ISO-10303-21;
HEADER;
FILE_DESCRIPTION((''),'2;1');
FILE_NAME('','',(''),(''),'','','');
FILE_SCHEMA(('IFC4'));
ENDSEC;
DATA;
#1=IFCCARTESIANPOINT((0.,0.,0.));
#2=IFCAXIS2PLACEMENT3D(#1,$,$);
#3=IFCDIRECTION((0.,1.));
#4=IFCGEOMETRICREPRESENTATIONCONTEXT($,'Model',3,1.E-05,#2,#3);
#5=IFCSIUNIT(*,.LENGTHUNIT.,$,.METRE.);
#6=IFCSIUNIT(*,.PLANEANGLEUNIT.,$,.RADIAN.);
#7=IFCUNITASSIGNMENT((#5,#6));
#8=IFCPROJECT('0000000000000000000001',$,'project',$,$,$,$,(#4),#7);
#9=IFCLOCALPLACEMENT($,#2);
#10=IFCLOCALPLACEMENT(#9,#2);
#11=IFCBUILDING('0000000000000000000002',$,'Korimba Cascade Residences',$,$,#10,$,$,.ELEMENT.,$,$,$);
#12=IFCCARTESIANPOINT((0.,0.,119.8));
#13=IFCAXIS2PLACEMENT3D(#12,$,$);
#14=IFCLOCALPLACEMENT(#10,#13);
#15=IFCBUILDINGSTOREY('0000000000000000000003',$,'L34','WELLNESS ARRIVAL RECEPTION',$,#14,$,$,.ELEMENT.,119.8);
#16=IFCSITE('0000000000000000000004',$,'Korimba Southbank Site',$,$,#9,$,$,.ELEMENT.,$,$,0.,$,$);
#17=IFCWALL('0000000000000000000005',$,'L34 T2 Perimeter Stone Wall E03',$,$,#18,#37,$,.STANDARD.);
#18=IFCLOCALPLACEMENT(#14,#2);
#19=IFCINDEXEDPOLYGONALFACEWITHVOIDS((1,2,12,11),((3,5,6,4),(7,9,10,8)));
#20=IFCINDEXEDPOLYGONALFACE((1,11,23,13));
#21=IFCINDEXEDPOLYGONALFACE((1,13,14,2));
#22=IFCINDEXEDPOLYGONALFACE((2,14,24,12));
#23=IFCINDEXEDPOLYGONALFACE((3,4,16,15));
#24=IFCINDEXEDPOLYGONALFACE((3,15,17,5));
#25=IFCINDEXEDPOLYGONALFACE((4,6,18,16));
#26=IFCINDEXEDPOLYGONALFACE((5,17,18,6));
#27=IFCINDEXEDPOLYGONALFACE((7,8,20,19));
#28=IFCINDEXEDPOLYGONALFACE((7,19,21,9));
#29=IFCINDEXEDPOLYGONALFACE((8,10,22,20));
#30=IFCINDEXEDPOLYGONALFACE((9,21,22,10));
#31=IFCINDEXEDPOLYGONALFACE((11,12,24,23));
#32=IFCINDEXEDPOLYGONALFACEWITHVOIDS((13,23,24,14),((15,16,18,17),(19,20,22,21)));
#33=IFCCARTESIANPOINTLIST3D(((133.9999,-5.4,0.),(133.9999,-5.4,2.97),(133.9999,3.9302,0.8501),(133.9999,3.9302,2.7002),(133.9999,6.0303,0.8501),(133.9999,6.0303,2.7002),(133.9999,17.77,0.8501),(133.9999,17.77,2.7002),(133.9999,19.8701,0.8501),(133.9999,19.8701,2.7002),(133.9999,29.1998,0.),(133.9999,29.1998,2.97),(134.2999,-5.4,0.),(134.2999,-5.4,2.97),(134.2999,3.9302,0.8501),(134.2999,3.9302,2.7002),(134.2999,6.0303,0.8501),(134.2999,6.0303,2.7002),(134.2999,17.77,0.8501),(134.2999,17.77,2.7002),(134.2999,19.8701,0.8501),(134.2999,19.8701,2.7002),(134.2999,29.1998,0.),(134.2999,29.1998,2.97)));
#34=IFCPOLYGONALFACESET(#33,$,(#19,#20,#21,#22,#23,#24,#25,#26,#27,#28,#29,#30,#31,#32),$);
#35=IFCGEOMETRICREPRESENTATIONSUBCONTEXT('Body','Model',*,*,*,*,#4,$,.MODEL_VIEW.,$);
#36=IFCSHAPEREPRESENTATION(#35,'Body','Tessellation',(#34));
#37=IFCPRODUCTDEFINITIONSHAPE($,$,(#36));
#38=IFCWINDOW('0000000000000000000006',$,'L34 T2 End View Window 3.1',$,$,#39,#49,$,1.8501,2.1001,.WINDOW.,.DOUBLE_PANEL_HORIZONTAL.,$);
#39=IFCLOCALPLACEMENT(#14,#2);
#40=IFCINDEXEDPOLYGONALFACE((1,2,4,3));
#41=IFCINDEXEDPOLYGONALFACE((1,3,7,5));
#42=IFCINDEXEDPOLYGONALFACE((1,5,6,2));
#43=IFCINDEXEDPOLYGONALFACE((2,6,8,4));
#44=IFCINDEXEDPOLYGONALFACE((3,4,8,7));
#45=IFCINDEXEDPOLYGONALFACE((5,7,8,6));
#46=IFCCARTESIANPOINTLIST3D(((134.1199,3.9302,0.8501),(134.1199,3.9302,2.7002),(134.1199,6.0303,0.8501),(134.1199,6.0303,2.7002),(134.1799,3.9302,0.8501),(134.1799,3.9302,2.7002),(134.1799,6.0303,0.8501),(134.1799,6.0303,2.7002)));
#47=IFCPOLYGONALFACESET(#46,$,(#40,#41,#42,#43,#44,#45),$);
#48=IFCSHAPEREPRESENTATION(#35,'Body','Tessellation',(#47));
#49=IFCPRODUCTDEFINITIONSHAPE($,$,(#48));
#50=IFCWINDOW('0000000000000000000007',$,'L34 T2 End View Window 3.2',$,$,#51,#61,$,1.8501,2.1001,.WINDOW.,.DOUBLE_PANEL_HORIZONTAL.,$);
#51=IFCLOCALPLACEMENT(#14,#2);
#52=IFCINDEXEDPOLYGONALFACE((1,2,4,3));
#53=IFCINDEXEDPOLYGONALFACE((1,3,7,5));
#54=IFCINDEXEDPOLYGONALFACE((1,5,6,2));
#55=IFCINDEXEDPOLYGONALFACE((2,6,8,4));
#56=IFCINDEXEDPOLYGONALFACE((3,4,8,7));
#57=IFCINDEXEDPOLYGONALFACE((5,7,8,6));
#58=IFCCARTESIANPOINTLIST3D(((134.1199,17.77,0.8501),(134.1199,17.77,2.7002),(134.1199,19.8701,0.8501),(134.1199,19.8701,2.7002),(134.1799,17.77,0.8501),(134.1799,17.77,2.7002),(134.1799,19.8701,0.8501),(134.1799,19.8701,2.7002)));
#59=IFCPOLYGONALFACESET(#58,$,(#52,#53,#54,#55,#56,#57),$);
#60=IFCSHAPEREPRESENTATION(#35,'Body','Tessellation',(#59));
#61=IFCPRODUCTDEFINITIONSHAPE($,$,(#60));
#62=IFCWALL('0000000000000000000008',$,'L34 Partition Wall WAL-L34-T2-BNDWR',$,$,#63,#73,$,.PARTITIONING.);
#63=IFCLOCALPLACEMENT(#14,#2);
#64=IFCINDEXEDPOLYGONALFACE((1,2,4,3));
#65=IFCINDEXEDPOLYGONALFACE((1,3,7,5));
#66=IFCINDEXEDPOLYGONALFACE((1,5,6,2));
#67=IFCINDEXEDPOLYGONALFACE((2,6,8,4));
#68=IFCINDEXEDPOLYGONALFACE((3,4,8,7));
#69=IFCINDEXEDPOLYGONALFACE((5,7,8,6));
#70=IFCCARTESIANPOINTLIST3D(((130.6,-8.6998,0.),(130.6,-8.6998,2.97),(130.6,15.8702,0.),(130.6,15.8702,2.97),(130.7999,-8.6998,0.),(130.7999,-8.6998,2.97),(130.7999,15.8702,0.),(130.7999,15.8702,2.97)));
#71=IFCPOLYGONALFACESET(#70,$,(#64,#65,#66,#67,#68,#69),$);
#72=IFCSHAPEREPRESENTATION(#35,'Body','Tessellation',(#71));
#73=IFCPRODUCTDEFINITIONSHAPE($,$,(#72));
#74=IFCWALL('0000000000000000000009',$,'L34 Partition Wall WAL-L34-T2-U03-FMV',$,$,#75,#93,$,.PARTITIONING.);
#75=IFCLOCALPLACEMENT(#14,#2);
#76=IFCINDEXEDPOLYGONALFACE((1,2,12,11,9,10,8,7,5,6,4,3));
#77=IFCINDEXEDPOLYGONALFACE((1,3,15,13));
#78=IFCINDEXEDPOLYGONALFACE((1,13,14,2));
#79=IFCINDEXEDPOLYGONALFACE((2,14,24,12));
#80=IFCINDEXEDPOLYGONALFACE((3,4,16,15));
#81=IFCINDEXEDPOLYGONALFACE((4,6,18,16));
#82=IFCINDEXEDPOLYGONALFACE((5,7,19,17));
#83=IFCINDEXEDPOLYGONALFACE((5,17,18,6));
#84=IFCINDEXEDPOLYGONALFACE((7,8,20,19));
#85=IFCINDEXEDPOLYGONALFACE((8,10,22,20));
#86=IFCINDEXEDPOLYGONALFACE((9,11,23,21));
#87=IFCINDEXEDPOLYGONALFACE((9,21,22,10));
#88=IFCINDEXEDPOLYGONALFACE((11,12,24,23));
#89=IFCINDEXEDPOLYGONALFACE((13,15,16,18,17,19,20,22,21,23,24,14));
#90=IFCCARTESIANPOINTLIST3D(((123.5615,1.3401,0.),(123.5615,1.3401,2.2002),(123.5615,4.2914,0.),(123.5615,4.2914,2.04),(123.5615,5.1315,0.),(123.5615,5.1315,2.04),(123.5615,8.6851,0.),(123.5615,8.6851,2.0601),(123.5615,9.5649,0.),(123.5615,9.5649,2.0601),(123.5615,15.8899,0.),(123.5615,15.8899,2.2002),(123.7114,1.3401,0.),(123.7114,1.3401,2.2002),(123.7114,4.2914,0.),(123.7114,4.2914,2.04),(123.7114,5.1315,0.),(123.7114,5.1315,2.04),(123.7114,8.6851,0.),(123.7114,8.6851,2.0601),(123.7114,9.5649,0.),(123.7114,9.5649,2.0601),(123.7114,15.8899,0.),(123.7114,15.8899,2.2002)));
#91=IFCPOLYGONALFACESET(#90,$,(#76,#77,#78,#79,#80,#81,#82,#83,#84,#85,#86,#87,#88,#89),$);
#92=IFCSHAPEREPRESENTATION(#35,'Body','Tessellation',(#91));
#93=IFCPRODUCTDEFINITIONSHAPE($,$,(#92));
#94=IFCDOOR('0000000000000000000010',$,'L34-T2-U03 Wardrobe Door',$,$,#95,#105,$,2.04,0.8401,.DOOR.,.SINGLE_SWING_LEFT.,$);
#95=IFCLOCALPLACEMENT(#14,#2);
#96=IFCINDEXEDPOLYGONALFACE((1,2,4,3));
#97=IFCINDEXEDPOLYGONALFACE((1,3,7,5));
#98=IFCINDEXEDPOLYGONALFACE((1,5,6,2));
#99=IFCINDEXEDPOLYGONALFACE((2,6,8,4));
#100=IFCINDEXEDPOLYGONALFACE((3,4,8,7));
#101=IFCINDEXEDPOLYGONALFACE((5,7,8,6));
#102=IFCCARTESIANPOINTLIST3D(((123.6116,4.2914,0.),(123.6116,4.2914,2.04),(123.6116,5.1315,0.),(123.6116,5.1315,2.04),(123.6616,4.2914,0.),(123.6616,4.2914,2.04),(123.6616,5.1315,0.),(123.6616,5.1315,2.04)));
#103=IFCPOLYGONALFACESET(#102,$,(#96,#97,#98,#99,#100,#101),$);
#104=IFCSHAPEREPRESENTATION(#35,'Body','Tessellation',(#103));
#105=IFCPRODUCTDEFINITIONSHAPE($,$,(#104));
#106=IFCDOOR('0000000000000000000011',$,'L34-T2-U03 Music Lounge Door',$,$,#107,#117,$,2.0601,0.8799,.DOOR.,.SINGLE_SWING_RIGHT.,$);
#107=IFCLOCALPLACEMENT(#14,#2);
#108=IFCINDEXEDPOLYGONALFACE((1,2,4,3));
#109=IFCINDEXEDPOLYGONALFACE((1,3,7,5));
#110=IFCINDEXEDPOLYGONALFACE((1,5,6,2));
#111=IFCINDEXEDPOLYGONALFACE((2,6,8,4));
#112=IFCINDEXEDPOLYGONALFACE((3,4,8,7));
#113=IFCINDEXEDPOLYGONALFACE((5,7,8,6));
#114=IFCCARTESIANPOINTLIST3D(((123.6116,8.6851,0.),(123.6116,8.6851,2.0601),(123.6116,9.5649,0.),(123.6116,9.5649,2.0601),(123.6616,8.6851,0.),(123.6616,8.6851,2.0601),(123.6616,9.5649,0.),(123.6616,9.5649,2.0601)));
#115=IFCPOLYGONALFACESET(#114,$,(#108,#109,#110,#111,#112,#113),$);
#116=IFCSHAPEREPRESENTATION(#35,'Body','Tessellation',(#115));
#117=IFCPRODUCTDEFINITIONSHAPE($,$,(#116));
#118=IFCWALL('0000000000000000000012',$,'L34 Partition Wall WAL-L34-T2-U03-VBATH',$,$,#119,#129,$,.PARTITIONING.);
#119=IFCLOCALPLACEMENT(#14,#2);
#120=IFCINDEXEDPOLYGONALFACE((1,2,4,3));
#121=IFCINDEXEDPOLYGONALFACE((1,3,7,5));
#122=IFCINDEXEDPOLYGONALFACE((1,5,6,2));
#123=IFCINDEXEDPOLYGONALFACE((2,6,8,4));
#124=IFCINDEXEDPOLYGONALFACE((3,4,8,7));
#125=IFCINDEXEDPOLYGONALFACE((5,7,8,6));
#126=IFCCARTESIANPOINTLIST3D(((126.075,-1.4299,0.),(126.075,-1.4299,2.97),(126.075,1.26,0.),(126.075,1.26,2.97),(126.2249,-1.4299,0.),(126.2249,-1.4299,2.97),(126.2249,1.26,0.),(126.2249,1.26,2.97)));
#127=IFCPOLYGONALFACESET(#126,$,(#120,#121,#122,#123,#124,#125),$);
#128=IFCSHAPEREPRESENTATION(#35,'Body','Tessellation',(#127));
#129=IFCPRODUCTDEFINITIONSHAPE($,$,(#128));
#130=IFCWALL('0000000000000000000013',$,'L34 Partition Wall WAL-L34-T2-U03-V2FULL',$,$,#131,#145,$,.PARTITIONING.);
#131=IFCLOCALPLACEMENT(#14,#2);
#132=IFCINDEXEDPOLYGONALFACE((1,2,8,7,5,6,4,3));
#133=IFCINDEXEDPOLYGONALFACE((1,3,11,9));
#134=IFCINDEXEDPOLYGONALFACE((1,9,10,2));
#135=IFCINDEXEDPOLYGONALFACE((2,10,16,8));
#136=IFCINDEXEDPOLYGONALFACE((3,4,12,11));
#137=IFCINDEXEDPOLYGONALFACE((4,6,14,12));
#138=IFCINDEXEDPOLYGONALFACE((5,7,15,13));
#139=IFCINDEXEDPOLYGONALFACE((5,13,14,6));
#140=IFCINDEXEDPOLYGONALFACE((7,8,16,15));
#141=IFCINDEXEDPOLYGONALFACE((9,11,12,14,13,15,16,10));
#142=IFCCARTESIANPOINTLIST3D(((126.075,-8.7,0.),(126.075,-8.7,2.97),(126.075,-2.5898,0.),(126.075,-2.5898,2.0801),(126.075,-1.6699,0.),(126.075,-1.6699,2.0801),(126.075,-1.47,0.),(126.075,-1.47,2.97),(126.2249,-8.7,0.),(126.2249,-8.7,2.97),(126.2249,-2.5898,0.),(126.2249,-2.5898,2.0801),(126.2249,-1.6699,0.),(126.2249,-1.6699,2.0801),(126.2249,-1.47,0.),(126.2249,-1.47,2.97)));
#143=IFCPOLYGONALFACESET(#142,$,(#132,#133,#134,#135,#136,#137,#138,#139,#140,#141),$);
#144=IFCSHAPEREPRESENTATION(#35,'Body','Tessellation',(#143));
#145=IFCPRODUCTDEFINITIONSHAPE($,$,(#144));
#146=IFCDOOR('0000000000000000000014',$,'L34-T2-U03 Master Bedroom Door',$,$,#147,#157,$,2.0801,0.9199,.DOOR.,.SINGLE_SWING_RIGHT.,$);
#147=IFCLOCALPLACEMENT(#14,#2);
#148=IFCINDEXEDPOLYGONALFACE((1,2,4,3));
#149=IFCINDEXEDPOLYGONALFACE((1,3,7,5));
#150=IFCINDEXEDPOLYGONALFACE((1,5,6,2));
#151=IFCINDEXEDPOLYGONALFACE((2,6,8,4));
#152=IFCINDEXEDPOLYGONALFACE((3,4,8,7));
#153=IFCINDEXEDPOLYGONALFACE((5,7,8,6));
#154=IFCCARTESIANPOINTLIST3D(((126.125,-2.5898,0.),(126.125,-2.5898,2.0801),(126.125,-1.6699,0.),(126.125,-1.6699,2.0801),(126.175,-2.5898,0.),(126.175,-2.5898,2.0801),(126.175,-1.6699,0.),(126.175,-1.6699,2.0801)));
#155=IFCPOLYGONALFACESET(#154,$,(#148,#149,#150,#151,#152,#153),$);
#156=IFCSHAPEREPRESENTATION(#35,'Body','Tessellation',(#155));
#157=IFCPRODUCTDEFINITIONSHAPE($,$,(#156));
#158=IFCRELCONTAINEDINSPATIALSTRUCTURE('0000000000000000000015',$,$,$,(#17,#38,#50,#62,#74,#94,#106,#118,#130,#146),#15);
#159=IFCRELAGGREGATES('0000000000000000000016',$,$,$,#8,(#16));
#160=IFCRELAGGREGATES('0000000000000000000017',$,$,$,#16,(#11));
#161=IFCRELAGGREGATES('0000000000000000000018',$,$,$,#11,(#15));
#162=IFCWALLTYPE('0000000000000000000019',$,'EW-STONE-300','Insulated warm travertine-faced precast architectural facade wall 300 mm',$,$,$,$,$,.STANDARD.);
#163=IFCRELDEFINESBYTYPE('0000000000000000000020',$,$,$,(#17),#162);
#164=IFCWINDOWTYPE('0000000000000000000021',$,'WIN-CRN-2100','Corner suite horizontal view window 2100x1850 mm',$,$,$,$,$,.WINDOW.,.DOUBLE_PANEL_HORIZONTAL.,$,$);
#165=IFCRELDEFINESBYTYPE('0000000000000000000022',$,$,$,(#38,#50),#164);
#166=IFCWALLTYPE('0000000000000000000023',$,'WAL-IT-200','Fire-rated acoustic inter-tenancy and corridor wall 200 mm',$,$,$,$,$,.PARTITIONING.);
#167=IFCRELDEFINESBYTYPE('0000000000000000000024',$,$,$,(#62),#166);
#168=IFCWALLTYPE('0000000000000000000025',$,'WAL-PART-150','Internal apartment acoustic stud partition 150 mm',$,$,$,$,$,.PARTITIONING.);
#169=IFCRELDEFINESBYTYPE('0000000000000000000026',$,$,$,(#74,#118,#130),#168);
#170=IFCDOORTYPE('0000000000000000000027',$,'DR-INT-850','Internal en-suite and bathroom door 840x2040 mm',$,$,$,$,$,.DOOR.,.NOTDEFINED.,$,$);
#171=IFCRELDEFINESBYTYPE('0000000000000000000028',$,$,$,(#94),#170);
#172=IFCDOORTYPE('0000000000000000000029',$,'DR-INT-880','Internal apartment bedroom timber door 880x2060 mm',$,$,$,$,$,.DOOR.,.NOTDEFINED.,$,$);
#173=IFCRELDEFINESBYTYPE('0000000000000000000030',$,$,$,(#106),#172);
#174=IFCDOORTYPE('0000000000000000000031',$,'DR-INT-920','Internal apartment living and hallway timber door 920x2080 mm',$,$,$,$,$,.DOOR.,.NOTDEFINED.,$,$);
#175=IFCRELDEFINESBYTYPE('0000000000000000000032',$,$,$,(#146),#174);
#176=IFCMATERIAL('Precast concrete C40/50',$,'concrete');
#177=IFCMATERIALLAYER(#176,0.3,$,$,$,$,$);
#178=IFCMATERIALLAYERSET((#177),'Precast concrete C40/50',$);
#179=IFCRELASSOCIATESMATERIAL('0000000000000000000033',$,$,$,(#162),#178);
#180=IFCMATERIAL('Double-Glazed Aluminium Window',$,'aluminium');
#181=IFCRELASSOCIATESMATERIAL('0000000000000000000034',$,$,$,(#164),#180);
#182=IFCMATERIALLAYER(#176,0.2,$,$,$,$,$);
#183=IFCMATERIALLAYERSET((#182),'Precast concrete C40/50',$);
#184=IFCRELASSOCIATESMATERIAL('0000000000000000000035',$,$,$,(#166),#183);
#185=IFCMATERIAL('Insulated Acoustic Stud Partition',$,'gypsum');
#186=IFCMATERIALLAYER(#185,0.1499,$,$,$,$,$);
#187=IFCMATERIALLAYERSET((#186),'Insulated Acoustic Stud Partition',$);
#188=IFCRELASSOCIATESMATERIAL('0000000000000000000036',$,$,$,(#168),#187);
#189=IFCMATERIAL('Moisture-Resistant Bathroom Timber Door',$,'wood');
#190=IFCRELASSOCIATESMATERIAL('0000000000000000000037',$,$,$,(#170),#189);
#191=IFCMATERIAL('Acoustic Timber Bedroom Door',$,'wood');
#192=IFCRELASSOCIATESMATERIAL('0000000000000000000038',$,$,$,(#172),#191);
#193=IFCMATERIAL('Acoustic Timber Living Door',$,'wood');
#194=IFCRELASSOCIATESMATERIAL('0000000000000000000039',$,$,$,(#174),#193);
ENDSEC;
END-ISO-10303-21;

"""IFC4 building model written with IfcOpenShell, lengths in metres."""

from ifc_helpers import new_model, si_unit, direction, frame, frame_2d, origin, place, context, subcontext, project, spatial, rectangle, extrude, material, layer, layer_set, type_object, element, fill, save


model = new_model("IFC4")

# Units and contexts
model_context = context("Model", 3, precision=1e-05, world=origin(), true_north=direction((0.0, 1.0)))
body_context = subcontext(model_context, "Body", "Model", "MODEL_VIEW")
ifc_project = project(units=[si_unit("LENGTHUNIT", "METRE"), si_unit("PLANEANGLEUNIT", "RADIAN")], contexts=[model_context])

# Site, building, storey
site_placement = place(None, origin())
site = spatial("IfcSite", under=ifc_project, at=site_placement, Name="Korimba Southbank Site", CompositionType="ELEMENT", RefElevation=0.0)
building_placement = place(site_placement, origin())
building = spatial("IfcBuilding", under=site, at=building_placement, Name="Korimba Cascade Residences", CompositionType="ELEMENT")
storey_placement = place(building_placement, frame((0.0, 0.0, 119.8)))
storey = spatial("IfcBuildingStorey", under=building, at=storey_placement, Name="L34", Description="WELLNESS ARRIVAL RECEPTION", CompositionType="ELEMENT", Elevation=119.8)

# Shared definitions
ifc_material_1 = material(Name="Precast concrete C40/50", Category="concrete")
ifc_layer_1 = layer(ifc_material_1, 0.3)
ifc_layer_set_1 = layer_set([ifc_layer_1], Name="Precast concrete C40/50")
wall_type_1 = type_object("IfcWallType", Name="EW-STONE-300", Description="Insulated warm travertine-faced precast architectural facade wall 300 mm", PredefinedType="STANDARD", material=ifc_layer_set_1)

# Wall, openings, windows
wall_1_placement = place(storey_placement, frame((134.1499, -5.3999, 0.0), z_axis=(0.0, 0.0, 1.0), x_axis=(0.0, 1.0, 0.0)))
wall_1 = element("IfcWall", 1, at=wall_1_placement, inside=storey, type_object=wall_type_1, Name="L34 T2 Perimeter Stone Wall E03", PredefinedType="STANDARD", context=body_context, shape_type="SweptSolid", body=[
    extrude(rectangle(XDim=34.5999, YDim=0.3, at=frame_2d((17.2998, 0.0))), origin(), (0.0, 0.0, 1.0), 2.97),
])
opening_1_placement = place(wall_1_placement, frame((9.3301, 0.0, 0.8501)))
opening_1 = element("IfcOpeningElement", 2, at=opening_1_placement, cuts=wall_1, PredefinedType="OPENING", context=body_context, shape_type="SweptSolid", body=[
    extrude(rectangle(XDim=2.1001, YDim=1.8501, at=frame_2d((1.05, 0.925))), frame((0.0, 0.1602, 0.0), z_axis=(0.0, -1.0, 0.0), x_axis=(1.0, 0.0, 0.0)), (0.0, 0.0, 1.0), 0.3201),
])
opening_2_placement = place(wall_1_placement, frame((23.1699, 0.0, 0.8501)))
opening_2 = element("IfcOpeningElement", 3, at=opening_2_placement, cuts=wall_1, PredefinedType="OPENING", context=body_context, shape_type="SweptSolid", body=[
    extrude(rectangle(XDim=2.1001, YDim=1.8501, at=frame_2d((1.05, 0.925))), frame((0.0, 0.1602, 0.0), z_axis=(0.0, -1.0, 0.0), x_axis=(1.0, 0.0, 0.0)), (0.0, 0.0, 1.0), 0.3201),
])
ifc_material_2 = material(Name="Double-Glazed Aluminium Window", Category="aluminium")
window_type = type_object("IfcWindowType", Name="WIN-CRN-2100", Description="Corner suite horizontal view window 2100x1850 mm", PartitioningType="DOUBLE_PANEL_HORIZONTAL", PredefinedType="WINDOW", material=ifc_material_2)
window_1_placement = place(opening_1_placement, origin())
window_1 = element("IfcWindow", 4, at=window_1_placement, inside=storey, type_object=window_type, Name="L34 T2 End View Window 3.1", OverallHeight=1.8501, OverallWidth=2.1001, PartitioningType="DOUBLE_PANEL_HORIZONTAL", PredefinedType="WINDOW", context=body_context, shape_type="SweptSolid", body=[
    extrude(rectangle(XDim=2.1001, YDim=1.8501, at=frame_2d((1.05, 0.925))), frame((0.0, 0.03, 0.0), z_axis=(0.0, -1.0, 0.0), x_axis=(1.0, 0.0, 0.0)), (0.0, 0.0, 1.0), 0.0601),
])
fill(opening_1, window_1)
window_2_placement = place(opening_2_placement, origin())
window_2 = element("IfcWindow", 5, at=window_2_placement, inside=storey, type_object=window_type, Name="L34 T2 End View Window 3.2", OverallHeight=1.8501, OverallWidth=2.1001, PartitioningType="DOUBLE_PANEL_HORIZONTAL", PredefinedType="WINDOW", context=body_context, shape_type="SweptSolid", body=[
    extrude(rectangle(XDim=2.1001, YDim=1.8501, at=frame_2d((1.05, 0.925))), frame((0.0, 0.03, 0.0), z_axis=(0.0, -1.0, 0.0), x_axis=(1.0, 0.0, 0.0)), (0.0, 0.0, 1.0), 0.0601),
])
fill(opening_2, window_2)

# Wall
ifc_layer_2 = layer(ifc_material_1, 0.2)
ifc_layer_set_2 = layer_set([ifc_layer_2], Name="Precast concrete C40/50")
wall_type_2 = type_object("IfcWallType", Name="WAL-IT-200", Description="Fire-rated acoustic inter-tenancy and corridor wall 200 mm", PredefinedType="PARTITIONING", material=ifc_layer_set_2)
wall_2_placement = place(storey_placement, frame((130.7, -8.7, 0.0), z_axis=(0.0, 0.0, 1.0), x_axis=(0.0, 1.0, 0.0)))
element("IfcWall", 6, at=wall_2_placement, inside=storey, type_object=wall_type_2, Name="L34 Partition Wall WAL-L34-T2-BNDWR", PredefinedType="PARTITIONING", context=body_context, shape_type="SweptSolid", body=[
    extrude(rectangle(XDim=24.5701, YDim=0.2, at=frame_2d((12.2852, 0.0))), origin(), (0.0, 0.0, 1.0), 2.97),
])

# Wall, openings, doors
ifc_material_3 = material(Name="Insulated Acoustic Stud Partition", Category="gypsum")
ifc_layer_3 = layer(ifc_material_3, 0.1499)
ifc_layer_set_3 = layer_set([ifc_layer_3], Name="Insulated Acoustic Stud Partition")
wall_type_3 = type_object("IfcWallType", Name="WAL-PART-150", Description="Internal apartment acoustic stud partition 150 mm", PredefinedType="PARTITIONING", material=ifc_layer_set_3)
wall_3_placement = place(storey_placement, frame((123.6365, 1.3401, 0.0), z_axis=(0.0, 0.0, 1.0), x_axis=(0.0, 1.0, 0.0)))
wall_3 = element("IfcWall", 7, at=wall_3_placement, inside=storey, type_object=wall_type_3, Name="L34 Partition Wall WAL-L34-T2-U03-FMV", PredefinedType="PARTITIONING", context=body_context, shape_type="SweptSolid", body=[
    extrude(rectangle(XDim=14.5498, YDim=0.1499, at=frame_2d((7.2749, 0.0))), origin(), (0.0, 0.0, 1.0), 2.2002),
])
opening_3_placement = place(wall_3_placement, frame((2.9514, 0.0, 0.0)))
opening_3 = element("IfcOpeningElement", 8, at=opening_3_placement, cuts=wall_3, PredefinedType="OPENING", context=body_context, shape_type="SweptSolid", body=[
    extrude(rectangle(XDim=0.8401, YDim=2.04, at=frame_2d((0.4199, 1.02))), frame((0.0, 0.085, 0.0), z_axis=(0.0, -1.0, 0.0), x_axis=(1.0, 0.0, 0.0)), (0.0, 0.0, 1.0), 0.1699),
])
opening_4_placement = place(wall_3_placement, frame((7.345, 0.0, 0.0)))
opening_4 = element("IfcOpeningElement", 9, at=opening_4_placement, cuts=wall_3, PredefinedType="OPENING", context=body_context, shape_type="SweptSolid", body=[
    extrude(rectangle(XDim=0.8799, YDim=2.0601, at=frame_2d((0.4399, 1.03))), frame((0.0, 0.085, 0.0), z_axis=(0.0, -1.0, 0.0), x_axis=(1.0, 0.0, 0.0)), (0.0, 0.0, 1.0), 0.1699),
])
ifc_material_4 = material(Name="Moisture-Resistant Bathroom Timber Door", Category="wood")
door_type_1 = type_object("IfcDoorType", Name="DR-INT-850", Description="Internal en-suite and bathroom door 840x2040 mm", OperationType="NOTDEFINED", PredefinedType="DOOR", material=ifc_material_4)
door_1_placement = place(opening_3_placement, origin())
door_1 = element("IfcDoor", 10, at=door_1_placement, inside=storey, type_object=door_type_1, Name="L34-T2-U03 Wardrobe Door", OperationType="SINGLE_SWING_LEFT", OverallHeight=2.04, OverallWidth=0.8401, PredefinedType="DOOR", context=body_context, shape_type="SweptSolid", body=[
    extrude(rectangle(XDim=0.8401, YDim=2.04, at=frame_2d((0.4199, 1.02))), frame((0.0, 0.0249, 0.0), z_axis=(0.0, -1.0, 0.0), x_axis=(1.0, 0.0, 0.0)), (0.0, 0.0, 1.0), 0.05),
])
fill(opening_3, door_1)
ifc_material_5 = material(Name="Acoustic Timber Bedroom Door", Category="wood")
door_type_2 = type_object("IfcDoorType", Name="DR-INT-880", Description="Internal apartment bedroom timber door 880x2060 mm", OperationType="NOTDEFINED", PredefinedType="DOOR", material=ifc_material_5)
door_2_placement = place(opening_4_placement, origin())
door_2 = element("IfcDoor", 11, at=door_2_placement, inside=storey, type_object=door_type_2, Name="L34-T2-U03 Music Lounge Door", OperationType="SINGLE_SWING_RIGHT", OverallHeight=2.0601, OverallWidth=0.8799, PredefinedType="DOOR", context=body_context, shape_type="SweptSolid", body=[
    extrude(rectangle(XDim=0.8799, YDim=2.0601, at=frame_2d((0.4399, 1.03))), frame((0.0, 0.0249, 0.0), z_axis=(0.0, -1.0, 0.0), x_axis=(1.0, 0.0, 0.0)), (0.0, 0.0, 1.0), 0.05),
])
fill(opening_4, door_2)

# Wall
wall_4_placement = place(storey_placement, frame((126.1499, -1.4299, 0.0), z_axis=(0.0, 0.0, 1.0), x_axis=(0.0, 1.0, 0.0)))
element("IfcWall", 12, at=wall_4_placement, inside=storey, type_object=wall_type_3, Name="L34 Partition Wall WAL-L34-T2-U03-VBATH", PredefinedType="PARTITIONING", context=body_context, shape_type="SweptSolid", body=[
    extrude(rectangle(XDim=2.6899, YDim=0.1499, at=frame_2d((1.345, 0.0))), origin(), (0.0, 0.0, 1.0), 2.97),
])

# Wall, opening, door
wall_5_placement = place(storey_placement, frame((126.1499, -8.7, 0.0), z_axis=(0.0, 0.0, 1.0), x_axis=(0.0, 1.0, 0.0)))
wall_5 = element("IfcWall", 13, at=wall_5_placement, inside=storey, type_object=wall_type_3, Name="L34 Partition Wall WAL-L34-T2-U03-V2FULL", PredefinedType="PARTITIONING", context=body_context, shape_type="SweptSolid", body=[
    extrude(rectangle(XDim=7.23, YDim=0.1499, at=frame_2d((3.615, 0.0))), origin(), (0.0, 0.0, 1.0), 2.97),
])
opening_5_placement = place(wall_5_placement, frame((6.1101, 0.0, 0.0)))
opening_5 = element("IfcOpeningElement", 14, at=opening_5_placement, cuts=wall_5, PredefinedType="OPENING", context=body_context, shape_type="SweptSolid", body=[
    extrude(rectangle(XDim=0.9199, YDim=2.0801, at=frame_2d((0.46, 1.04))), frame((0.0, 0.085, 0.0), z_axis=(0.0, -1.0, 0.0), x_axis=(1.0, 0.0, 0.0)), (0.0, 0.0, 1.0), 0.1699),
])
ifc_material_6 = material(Name="Acoustic Timber Living Door", Category="wood")
door_type_3 = type_object("IfcDoorType", Name="DR-INT-920", Description="Internal apartment living and hallway timber door 920x2080 mm", OperationType="NOTDEFINED", PredefinedType="DOOR", material=ifc_material_6)
door_3_placement = place(opening_5_placement, origin())
door_3 = element("IfcDoor", 15, at=door_3_placement, inside=storey, type_object=door_type_3, Name="L34-T2-U03 Master Bedroom Door", OperationType="SINGLE_SWING_RIGHT", OverallHeight=2.0801, OverallWidth=0.9199, PredefinedType="DOOR", context=body_context, shape_type="SweptSolid", body=[
    extrude(rectangle(XDim=0.9199, YDim=2.0801, at=frame_2d((0.46, 1.04))), frame((0.0, 0.0249, 0.0), z_axis=(0.0, -1.0, 0.0), x_axis=(1.0, 0.0, 0.0)), (0.0, 0.0, 1.0), 0.05),
])
fill(opening_5, door_3)

save(model, "model.ifc")
